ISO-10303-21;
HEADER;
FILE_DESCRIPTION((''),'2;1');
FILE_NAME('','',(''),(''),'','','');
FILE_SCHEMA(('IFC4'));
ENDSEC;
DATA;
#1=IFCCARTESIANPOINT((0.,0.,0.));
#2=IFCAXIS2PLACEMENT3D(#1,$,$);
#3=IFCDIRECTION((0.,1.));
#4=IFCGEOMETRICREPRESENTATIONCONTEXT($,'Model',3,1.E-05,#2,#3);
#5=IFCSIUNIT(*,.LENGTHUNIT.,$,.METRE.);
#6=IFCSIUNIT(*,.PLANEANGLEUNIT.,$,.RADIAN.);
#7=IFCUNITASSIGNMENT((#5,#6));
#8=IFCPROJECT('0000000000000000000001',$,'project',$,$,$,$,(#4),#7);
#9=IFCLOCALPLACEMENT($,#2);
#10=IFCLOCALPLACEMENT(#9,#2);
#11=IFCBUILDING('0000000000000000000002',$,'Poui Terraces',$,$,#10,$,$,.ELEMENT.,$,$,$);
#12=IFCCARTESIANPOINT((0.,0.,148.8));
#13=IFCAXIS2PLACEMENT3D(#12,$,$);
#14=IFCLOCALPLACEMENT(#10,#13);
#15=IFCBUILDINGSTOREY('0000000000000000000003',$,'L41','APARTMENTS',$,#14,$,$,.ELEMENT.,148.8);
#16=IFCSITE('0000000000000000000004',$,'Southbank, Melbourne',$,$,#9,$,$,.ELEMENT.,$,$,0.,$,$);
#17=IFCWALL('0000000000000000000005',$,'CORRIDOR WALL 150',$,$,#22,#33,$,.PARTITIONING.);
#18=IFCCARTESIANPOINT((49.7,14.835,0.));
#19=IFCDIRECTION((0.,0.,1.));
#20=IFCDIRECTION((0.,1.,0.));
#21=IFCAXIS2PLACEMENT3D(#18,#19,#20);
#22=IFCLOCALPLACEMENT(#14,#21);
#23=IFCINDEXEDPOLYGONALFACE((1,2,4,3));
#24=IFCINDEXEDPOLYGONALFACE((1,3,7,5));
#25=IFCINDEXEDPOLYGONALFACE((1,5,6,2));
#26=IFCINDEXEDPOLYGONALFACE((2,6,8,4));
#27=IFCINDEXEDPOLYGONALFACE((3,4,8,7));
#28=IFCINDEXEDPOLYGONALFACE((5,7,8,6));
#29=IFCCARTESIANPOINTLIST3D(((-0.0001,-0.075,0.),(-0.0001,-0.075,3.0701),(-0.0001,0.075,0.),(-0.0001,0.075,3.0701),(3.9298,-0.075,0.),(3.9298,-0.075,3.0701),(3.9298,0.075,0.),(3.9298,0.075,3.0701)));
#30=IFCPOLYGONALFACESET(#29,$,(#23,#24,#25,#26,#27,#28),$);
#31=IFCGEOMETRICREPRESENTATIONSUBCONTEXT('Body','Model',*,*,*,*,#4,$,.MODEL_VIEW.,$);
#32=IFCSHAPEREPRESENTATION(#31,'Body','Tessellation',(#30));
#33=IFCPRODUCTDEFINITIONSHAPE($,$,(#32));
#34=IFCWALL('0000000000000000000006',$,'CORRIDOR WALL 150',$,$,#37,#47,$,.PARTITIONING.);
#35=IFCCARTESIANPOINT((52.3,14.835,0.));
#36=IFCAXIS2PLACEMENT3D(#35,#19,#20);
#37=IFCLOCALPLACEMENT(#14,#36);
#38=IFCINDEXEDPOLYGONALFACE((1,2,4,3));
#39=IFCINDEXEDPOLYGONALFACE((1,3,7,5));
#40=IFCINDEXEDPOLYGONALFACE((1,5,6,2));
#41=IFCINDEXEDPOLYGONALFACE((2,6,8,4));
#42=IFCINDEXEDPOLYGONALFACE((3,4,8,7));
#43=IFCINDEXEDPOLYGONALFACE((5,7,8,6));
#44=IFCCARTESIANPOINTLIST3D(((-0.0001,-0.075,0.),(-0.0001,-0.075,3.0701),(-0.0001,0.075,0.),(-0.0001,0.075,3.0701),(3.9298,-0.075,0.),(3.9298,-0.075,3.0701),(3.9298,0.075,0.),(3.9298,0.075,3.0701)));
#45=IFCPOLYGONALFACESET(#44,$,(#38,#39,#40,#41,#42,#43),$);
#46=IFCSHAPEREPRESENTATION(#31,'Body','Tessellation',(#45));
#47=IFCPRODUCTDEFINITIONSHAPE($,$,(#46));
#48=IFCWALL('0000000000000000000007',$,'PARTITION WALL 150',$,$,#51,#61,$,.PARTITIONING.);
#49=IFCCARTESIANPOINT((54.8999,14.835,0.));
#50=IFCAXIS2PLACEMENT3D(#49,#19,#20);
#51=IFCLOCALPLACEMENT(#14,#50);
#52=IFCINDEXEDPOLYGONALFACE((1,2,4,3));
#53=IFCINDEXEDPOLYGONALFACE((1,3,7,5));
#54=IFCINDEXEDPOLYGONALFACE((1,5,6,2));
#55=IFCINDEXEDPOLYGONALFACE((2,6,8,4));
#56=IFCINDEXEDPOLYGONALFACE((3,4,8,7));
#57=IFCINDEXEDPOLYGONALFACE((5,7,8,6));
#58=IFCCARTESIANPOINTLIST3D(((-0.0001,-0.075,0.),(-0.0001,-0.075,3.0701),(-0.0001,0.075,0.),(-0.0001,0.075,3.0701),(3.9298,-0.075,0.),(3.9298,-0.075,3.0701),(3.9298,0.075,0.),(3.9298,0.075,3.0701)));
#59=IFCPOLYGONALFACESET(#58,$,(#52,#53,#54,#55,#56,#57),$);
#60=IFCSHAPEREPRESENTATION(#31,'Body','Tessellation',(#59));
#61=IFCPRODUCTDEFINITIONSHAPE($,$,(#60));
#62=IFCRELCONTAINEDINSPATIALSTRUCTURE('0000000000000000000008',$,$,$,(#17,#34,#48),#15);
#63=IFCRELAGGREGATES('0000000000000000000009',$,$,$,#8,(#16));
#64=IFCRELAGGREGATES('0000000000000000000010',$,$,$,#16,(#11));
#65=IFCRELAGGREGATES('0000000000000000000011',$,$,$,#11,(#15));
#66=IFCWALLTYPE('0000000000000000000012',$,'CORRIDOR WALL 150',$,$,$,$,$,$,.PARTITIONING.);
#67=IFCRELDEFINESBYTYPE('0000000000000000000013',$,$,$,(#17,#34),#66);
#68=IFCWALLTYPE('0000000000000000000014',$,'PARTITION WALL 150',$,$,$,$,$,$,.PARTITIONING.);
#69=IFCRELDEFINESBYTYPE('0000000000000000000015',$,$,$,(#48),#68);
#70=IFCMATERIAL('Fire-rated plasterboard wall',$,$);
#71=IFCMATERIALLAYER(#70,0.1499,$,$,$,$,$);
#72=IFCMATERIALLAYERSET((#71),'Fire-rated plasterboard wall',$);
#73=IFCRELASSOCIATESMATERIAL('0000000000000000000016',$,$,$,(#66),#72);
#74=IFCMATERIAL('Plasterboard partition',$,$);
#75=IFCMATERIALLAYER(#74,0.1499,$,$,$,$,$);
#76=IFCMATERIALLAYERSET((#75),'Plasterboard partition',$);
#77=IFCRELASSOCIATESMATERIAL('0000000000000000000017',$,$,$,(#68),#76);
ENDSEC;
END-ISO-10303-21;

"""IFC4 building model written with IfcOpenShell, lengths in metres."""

from ifc_helpers import new_model, si_unit, direction, frame, frame_2d, origin, place, context, subcontext, project, spatial, rectangle, extrude, material, layer, layer_set, type_object, element, save


model = new_model("IFC4")

# Units and contexts
model_context = context("Model", 3, precision=1e-05, world=origin(), true_north=direction((0.0, 1.0)))
body_context = subcontext(model_context, "Body", "Model", "MODEL_VIEW")
ifc_project = project(units=[si_unit("LENGTHUNIT", "METRE"), si_unit("PLANEANGLEUNIT", "RADIAN")], contexts=[model_context])

# Site, building, storey
site_placement = place(None, origin())
site = spatial("IfcSite", under=ifc_project, at=site_placement, Name="Southbank, Melbourne", CompositionType="ELEMENT", RefElevation=0.0)
building_placement = place(site_placement, origin())
building = spatial("IfcBuilding", under=site, at=building_placement, Name="Poui Terraces", CompositionType="ELEMENT")
storey_placement = place(building_placement, frame((0.0, 0.0, 148.8)))
storey = spatial("IfcBuildingStorey", under=building, at=storey_placement, Name="L41", Description="APARTMENTS", CompositionType="ELEMENT", Elevation=148.8)

# Walls
ifc_material_1 = material(Name="Fire-rated plasterboard wall")
ifc_layer_1 = layer(ifc_material_1, 0.1499)
ifc_layer_set_1 = layer_set([ifc_layer_1], Name="Fire-rated plasterboard wall")
wall_type_1 = type_object("IfcWallType", Name="CORRIDOR WALL 150", PredefinedType="PARTITIONING", material=ifc_layer_set_1)
for number, where, z_axis, x_axis, name in (
    (1, (49.7, 14.835, 0.0), (0.0, 0.0, 1.0), (0.0, 1.0, 0.0), "CORRIDOR WALL 150"),
    (2, (52.3, 14.835, 0.0), (0.0, 0.0, 1.0), (0.0, 1.0, 0.0), "CORRIDOR WALL 150"),
):
    element("IfcWall", number, at=place(storey_placement, frame(where, z_axis=z_axis, x_axis=x_axis)), inside=storey, type_object=wall_type_1, Name=name, PredefinedType="PARTITIONING", context=body_context, shape_type="SweptSolid", body=[
        extrude(rectangle(XDim=3.9299, YDim=0.1499, at=frame_2d((1.9648, 0.0))), origin(), (0.0, 0.0, 1.0), 3.0701),
    ])

# Shared definitions
ifc_material_2 = material(Name="Plasterboard partition")

# Wall
ifc_layer_2 = layer(ifc_material_2, 0.1499)
ifc_layer_set_2 = layer_set([ifc_layer_2], Name="Plasterboard partition")
wall_type_2 = type_object("IfcWallType", Name="PARTITION WALL 150", PredefinedType="PARTITIONING", material=ifc_layer_set_2)
wall_1_placement = place(storey_placement, frame((54.8999, 14.835, 0.0), z_axis=(0.0, 0.0, 1.0), x_axis=(0.0, 1.0, 0.0)))
element("IfcWall", 3, at=wall_1_placement, inside=storey, type_object=wall_type_2, Name="PARTITION WALL 150", PredefinedType="PARTITIONING", context=body_context, shape_type="SweptSolid", body=[
    extrude(rectangle(XDim=3.9299, YDim=0.1499, at=frame_2d((1.9648, 0.0))), origin(), (0.0, 0.0, 1.0), 3.0701),
])

save(model, "model.ifc")
